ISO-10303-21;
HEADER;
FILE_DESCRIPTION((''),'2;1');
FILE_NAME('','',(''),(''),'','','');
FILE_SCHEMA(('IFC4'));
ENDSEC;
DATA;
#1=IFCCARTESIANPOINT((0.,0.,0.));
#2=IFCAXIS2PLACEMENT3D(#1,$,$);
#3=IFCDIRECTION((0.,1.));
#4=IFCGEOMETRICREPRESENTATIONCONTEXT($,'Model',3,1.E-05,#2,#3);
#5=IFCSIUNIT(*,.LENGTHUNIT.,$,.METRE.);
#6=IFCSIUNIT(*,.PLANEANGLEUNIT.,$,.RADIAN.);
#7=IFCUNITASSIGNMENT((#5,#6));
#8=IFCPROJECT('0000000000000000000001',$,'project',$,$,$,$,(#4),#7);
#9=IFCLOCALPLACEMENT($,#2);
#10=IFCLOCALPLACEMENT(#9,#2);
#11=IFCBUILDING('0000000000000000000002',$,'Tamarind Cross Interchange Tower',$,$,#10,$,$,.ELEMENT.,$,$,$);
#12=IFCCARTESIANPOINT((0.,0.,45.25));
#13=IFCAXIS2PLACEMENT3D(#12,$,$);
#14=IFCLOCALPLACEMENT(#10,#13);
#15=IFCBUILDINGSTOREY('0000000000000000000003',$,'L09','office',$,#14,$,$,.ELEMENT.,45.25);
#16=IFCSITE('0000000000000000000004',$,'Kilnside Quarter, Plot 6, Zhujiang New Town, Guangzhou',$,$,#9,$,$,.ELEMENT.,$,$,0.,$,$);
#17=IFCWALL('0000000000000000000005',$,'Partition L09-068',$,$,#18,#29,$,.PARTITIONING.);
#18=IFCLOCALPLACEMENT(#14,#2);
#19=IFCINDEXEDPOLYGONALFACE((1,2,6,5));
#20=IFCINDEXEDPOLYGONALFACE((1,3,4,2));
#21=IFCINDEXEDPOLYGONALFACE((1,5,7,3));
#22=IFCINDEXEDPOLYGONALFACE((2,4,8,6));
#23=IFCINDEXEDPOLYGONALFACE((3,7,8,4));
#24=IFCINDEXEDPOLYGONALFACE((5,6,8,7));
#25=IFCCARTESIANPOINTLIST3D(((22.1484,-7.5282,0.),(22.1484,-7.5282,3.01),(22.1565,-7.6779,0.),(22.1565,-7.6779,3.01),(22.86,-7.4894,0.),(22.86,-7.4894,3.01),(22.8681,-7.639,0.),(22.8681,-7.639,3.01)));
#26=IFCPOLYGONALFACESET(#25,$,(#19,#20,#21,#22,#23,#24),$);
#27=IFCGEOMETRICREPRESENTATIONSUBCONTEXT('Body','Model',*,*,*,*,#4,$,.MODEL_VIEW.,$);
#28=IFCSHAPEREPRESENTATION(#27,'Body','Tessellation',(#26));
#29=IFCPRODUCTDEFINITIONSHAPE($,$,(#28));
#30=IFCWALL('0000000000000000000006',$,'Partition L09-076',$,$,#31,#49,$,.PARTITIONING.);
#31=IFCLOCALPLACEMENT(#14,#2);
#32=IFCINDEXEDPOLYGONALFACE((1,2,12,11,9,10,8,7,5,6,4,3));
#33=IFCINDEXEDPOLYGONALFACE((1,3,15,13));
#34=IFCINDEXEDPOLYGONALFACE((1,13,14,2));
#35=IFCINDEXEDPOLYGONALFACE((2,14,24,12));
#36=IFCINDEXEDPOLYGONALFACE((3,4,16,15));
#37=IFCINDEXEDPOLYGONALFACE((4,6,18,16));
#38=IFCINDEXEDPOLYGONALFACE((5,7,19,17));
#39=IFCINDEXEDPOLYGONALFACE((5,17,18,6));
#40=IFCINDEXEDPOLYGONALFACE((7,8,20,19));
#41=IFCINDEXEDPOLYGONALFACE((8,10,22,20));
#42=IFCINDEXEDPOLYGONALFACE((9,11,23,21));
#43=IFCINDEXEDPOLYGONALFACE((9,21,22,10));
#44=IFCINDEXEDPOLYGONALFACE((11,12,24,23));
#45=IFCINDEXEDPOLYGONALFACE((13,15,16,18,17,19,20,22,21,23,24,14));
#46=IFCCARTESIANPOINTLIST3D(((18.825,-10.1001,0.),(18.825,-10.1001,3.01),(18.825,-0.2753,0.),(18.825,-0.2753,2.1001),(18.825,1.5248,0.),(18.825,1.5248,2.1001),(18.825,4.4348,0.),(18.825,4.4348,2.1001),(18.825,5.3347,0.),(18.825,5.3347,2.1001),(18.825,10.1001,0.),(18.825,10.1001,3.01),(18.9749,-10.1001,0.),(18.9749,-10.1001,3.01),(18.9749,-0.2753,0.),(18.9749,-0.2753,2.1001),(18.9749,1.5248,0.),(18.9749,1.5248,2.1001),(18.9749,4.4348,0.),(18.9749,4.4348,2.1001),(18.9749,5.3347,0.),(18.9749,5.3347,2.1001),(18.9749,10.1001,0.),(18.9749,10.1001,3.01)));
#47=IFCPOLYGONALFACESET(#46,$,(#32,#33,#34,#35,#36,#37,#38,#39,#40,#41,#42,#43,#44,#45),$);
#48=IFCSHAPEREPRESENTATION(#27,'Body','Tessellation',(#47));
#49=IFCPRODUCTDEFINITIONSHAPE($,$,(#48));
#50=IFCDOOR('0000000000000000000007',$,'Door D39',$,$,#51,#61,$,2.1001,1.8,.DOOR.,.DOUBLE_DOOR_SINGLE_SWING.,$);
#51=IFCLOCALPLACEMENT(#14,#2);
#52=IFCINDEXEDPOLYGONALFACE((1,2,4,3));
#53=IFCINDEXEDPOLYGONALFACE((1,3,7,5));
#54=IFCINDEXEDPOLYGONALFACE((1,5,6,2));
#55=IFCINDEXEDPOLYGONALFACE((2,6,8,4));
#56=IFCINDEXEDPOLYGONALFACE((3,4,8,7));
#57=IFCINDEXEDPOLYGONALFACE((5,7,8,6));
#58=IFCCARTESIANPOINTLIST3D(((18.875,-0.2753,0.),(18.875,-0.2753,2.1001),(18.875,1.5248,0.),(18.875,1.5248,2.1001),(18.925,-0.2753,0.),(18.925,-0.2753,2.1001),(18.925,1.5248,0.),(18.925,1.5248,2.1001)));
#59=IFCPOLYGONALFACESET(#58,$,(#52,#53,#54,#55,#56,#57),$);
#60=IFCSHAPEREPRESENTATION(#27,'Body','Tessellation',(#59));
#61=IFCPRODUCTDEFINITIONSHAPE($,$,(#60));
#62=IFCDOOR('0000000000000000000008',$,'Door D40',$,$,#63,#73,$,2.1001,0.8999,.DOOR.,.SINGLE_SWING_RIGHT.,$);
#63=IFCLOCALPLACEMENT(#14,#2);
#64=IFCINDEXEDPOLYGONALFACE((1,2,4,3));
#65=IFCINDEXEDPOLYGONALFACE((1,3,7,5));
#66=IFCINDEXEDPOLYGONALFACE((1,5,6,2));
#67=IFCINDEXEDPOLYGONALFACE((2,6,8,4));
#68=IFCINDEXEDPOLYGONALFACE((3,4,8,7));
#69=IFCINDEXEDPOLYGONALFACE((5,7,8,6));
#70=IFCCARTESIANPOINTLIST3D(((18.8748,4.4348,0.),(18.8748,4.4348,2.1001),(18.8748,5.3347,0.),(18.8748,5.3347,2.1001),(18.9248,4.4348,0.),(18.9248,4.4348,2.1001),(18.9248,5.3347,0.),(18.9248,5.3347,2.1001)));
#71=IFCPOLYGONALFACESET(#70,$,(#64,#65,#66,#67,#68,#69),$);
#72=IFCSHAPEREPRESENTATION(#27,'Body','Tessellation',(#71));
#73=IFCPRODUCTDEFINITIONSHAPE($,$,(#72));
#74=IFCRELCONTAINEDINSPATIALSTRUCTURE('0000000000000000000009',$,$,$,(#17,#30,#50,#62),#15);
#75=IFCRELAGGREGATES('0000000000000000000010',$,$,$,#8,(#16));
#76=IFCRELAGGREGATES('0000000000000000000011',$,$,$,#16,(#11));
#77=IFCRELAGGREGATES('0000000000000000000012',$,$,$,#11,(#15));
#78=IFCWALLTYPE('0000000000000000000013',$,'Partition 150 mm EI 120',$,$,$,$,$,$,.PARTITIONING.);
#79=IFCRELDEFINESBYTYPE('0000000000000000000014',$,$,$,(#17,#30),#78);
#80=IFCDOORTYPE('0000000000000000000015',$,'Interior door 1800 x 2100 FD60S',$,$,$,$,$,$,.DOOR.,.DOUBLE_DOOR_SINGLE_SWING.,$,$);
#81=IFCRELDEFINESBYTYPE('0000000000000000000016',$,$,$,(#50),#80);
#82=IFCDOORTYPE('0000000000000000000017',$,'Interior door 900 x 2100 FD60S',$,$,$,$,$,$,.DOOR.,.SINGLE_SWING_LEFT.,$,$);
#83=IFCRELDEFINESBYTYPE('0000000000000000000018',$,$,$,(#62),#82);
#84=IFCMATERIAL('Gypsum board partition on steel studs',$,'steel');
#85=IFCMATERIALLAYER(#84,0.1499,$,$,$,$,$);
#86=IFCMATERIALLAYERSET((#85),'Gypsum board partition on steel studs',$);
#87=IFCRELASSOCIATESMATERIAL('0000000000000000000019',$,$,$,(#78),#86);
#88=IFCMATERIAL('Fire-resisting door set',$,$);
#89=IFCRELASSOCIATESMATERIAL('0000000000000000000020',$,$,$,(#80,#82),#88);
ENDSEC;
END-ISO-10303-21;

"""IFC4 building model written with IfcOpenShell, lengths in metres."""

from ifc_helpers import new_model, si_unit, direction, frame, frame_2d, origin, place, context, subcontext, project, spatial, rectangle, extrude, material, layer, layer_set, type_object, element, fill, save


model = new_model("IFC4")

# Units and contexts
model_context = context("Model", 3, precision=1e-05, world=origin(), true_north=direction((0.0, 1.0)))
body_context = subcontext(model_context, "Body", "Model", "MODEL_VIEW")
ifc_project = project(units=[si_unit("LENGTHUNIT", "METRE"), si_unit("PLANEANGLEUNIT", "RADIAN")], contexts=[model_context])

# Site, building, storey
site_placement = place(None, origin())
site = spatial("IfcSite", under=ifc_project, at=site_placement, Name="Kilnside Quarter, Plot 6, Zhujiang New Town, Guangzhou", CompositionType="ELEMENT", RefElevation=0.0)
building_placement = place(site_placement, origin())
building = spatial("IfcBuilding", under=site, at=building_placement, Name="Tamarind Cross Interchange Tower", CompositionType="ELEMENT")
storey_placement = place(building_placement, frame((0.0, 0.0, 45.25)))
storey = spatial("IfcBuildingStorey", under=building, at=storey_placement, Name="L09", Description="office", CompositionType="ELEMENT", Elevation=45.25)

# Wall
ifc_material_1 = material(Name="Gypsum board partition on steel studs", Category="steel")
ifc_layer_1 = layer(ifc_material_1, 0.1499)
ifc_layer_set_1 = layer_set([ifc_layer_1], Name="Gypsum board partition on steel studs")
wall_type_1 = type_object("IfcWallType", Name="Partition 150 mm EI 120", PredefinedType="PARTITIONING", material=ifc_layer_set_1)
wall_1_placement = place(storey_placement, frame((22.1523, -7.603, 0.0), z_axis=(0.0, 0.0, 1.0), x_axis=(0.998516, 0.054464, 0.0)))
element("IfcWall", 1, at=wall_1_placement, inside=storey, type_object=wall_type_1, Name="Partition L09-068", PredefinedType="PARTITIONING", context=body_context, shape_type="SweptSolid", body=[
    extrude(rectangle(XDim=0.7126, YDim=0.1499, at=frame_2d((0.3564, 0.0))), origin(), (0.0, 0.0, 1.0), 3.01),
])

# Wall, openings, doors
wall_2_placement = place(storey_placement, frame((18.8999, -10.1001, 0.0), z_axis=(0.0, 0.0, 1.0), x_axis=(0.0, 1.0, 0.0)))
wall_2 = element("IfcWall", 2, at=wall_2_placement, inside=storey, type_object=wall_type_1, Name="Partition L09-076", PredefinedType="PARTITIONING", context=body_context, shape_type="SweptSolid", body=[
    extrude(rectangle(XDim=20.2002, YDim=0.1499, at=frame_2d((10.1001, 0.0))), origin(), (0.0, 0.0, 1.0), 3.01),
])
opening_1_placement = place(wall_2_placement, frame((9.825, 0.0, 0.0)))
opening_1 = element("IfcOpeningElement", 3, at=opening_1_placement, cuts=wall_2, PredefinedType="OPENING", context=body_context, shape_type="SweptSolid", body=[
    extrude(rectangle(XDim=1.8, YDim=2.1001, at=frame_2d((0.8999, 1.05))), frame((0.0, 0.085, 0.0), z_axis=(0.0, -1.0, 0.0), x_axis=(1.0, 0.0, 0.0)), (0.0, 0.0, 1.0), 0.1699),
])
opening_2_placement = place(wall_2_placement, frame((14.5349, 0.0, 0.0)))
opening_2 = element("IfcOpeningElement", 4, at=opening_2_placement, cuts=wall_2, PredefinedType="OPENING", context=body_context, shape_type="SweptSolid", body=[
    extrude(rectangle(XDim=0.8999, YDim=2.1001, at=frame_2d((0.45, 1.05))), frame((0.0, 0.085, 0.0), z_axis=(0.0, -1.0, 0.0), x_axis=(1.0, 0.0, 0.0)), (0.0, 0.0, 1.0), 0.1699),
])
ifc_material_2 = material(Name="Fire-resisting door set")
door_type_1 = type_object("IfcDoorType", Name="Interior door 1800 x 2100 FD60S", OperationType="DOUBLE_DOOR_SINGLE_SWING", PredefinedType="DOOR", material=ifc_material_2)
door_1_placement = place(opening_1_placement, origin())
door_1 = element("IfcDoor", 5, at=door_1_placement, inside=storey, type_object=door_type_1, Name="Door D39", OperationType="DOUBLE_DOOR_SINGLE_SWING", OverallHeight=2.1001, OverallWidth=1.8, PredefinedType="DOOR", context=body_context, shape_type="SweptSolid", body=[
    extrude(rectangle(XDim=1.8, YDim=2.1001, at=frame_2d((0.8999, 1.05))), frame((0.0, 0.0249, 0.0), z_axis=(0.0, -1.0, 0.0), x_axis=(1.0, 0.0, 0.0)), (0.0, 0.0, 1.0), 0.05),
])
fill(opening_1, door_1)
door_type_2 = type_object("IfcDoorType", Name="Interior door 900 x 2100 FD60S", OperationType="SINGLE_SWING_LEFT", PredefinedType="DOOR", material=ifc_material_2)
door_2_placement = place(opening_2_placement, frame((0.8999, 0.0, 0.0), z_axis=(0.0, 0.0, 1.0), x_axis=(-1.0, 0.0, 0.0)))
door_2 = element("IfcDoor", 6, at=door_2_placement, inside=storey, type_object=door_type_2, Name="Door D40", OperationType="SINGLE_SWING_RIGHT", OverallHeight=2.1001, OverallWidth=0.8999, PredefinedType="DOOR", context=body_context, shape_type="SweptSolid", body=[
    extrude(rectangle(XDim=0.8999, YDim=2.1001, at=frame_2d((0.45, 1.05))), frame((0.0, 0.0249, 0.0), z_axis=(0.0, -1.0, 0.0), x_axis=(1.0, 0.0, 0.0)), (0.0, 0.0, 1.0), 0.05),
])
fill(opening_2, door_2)

save(model, "model.ifc")
